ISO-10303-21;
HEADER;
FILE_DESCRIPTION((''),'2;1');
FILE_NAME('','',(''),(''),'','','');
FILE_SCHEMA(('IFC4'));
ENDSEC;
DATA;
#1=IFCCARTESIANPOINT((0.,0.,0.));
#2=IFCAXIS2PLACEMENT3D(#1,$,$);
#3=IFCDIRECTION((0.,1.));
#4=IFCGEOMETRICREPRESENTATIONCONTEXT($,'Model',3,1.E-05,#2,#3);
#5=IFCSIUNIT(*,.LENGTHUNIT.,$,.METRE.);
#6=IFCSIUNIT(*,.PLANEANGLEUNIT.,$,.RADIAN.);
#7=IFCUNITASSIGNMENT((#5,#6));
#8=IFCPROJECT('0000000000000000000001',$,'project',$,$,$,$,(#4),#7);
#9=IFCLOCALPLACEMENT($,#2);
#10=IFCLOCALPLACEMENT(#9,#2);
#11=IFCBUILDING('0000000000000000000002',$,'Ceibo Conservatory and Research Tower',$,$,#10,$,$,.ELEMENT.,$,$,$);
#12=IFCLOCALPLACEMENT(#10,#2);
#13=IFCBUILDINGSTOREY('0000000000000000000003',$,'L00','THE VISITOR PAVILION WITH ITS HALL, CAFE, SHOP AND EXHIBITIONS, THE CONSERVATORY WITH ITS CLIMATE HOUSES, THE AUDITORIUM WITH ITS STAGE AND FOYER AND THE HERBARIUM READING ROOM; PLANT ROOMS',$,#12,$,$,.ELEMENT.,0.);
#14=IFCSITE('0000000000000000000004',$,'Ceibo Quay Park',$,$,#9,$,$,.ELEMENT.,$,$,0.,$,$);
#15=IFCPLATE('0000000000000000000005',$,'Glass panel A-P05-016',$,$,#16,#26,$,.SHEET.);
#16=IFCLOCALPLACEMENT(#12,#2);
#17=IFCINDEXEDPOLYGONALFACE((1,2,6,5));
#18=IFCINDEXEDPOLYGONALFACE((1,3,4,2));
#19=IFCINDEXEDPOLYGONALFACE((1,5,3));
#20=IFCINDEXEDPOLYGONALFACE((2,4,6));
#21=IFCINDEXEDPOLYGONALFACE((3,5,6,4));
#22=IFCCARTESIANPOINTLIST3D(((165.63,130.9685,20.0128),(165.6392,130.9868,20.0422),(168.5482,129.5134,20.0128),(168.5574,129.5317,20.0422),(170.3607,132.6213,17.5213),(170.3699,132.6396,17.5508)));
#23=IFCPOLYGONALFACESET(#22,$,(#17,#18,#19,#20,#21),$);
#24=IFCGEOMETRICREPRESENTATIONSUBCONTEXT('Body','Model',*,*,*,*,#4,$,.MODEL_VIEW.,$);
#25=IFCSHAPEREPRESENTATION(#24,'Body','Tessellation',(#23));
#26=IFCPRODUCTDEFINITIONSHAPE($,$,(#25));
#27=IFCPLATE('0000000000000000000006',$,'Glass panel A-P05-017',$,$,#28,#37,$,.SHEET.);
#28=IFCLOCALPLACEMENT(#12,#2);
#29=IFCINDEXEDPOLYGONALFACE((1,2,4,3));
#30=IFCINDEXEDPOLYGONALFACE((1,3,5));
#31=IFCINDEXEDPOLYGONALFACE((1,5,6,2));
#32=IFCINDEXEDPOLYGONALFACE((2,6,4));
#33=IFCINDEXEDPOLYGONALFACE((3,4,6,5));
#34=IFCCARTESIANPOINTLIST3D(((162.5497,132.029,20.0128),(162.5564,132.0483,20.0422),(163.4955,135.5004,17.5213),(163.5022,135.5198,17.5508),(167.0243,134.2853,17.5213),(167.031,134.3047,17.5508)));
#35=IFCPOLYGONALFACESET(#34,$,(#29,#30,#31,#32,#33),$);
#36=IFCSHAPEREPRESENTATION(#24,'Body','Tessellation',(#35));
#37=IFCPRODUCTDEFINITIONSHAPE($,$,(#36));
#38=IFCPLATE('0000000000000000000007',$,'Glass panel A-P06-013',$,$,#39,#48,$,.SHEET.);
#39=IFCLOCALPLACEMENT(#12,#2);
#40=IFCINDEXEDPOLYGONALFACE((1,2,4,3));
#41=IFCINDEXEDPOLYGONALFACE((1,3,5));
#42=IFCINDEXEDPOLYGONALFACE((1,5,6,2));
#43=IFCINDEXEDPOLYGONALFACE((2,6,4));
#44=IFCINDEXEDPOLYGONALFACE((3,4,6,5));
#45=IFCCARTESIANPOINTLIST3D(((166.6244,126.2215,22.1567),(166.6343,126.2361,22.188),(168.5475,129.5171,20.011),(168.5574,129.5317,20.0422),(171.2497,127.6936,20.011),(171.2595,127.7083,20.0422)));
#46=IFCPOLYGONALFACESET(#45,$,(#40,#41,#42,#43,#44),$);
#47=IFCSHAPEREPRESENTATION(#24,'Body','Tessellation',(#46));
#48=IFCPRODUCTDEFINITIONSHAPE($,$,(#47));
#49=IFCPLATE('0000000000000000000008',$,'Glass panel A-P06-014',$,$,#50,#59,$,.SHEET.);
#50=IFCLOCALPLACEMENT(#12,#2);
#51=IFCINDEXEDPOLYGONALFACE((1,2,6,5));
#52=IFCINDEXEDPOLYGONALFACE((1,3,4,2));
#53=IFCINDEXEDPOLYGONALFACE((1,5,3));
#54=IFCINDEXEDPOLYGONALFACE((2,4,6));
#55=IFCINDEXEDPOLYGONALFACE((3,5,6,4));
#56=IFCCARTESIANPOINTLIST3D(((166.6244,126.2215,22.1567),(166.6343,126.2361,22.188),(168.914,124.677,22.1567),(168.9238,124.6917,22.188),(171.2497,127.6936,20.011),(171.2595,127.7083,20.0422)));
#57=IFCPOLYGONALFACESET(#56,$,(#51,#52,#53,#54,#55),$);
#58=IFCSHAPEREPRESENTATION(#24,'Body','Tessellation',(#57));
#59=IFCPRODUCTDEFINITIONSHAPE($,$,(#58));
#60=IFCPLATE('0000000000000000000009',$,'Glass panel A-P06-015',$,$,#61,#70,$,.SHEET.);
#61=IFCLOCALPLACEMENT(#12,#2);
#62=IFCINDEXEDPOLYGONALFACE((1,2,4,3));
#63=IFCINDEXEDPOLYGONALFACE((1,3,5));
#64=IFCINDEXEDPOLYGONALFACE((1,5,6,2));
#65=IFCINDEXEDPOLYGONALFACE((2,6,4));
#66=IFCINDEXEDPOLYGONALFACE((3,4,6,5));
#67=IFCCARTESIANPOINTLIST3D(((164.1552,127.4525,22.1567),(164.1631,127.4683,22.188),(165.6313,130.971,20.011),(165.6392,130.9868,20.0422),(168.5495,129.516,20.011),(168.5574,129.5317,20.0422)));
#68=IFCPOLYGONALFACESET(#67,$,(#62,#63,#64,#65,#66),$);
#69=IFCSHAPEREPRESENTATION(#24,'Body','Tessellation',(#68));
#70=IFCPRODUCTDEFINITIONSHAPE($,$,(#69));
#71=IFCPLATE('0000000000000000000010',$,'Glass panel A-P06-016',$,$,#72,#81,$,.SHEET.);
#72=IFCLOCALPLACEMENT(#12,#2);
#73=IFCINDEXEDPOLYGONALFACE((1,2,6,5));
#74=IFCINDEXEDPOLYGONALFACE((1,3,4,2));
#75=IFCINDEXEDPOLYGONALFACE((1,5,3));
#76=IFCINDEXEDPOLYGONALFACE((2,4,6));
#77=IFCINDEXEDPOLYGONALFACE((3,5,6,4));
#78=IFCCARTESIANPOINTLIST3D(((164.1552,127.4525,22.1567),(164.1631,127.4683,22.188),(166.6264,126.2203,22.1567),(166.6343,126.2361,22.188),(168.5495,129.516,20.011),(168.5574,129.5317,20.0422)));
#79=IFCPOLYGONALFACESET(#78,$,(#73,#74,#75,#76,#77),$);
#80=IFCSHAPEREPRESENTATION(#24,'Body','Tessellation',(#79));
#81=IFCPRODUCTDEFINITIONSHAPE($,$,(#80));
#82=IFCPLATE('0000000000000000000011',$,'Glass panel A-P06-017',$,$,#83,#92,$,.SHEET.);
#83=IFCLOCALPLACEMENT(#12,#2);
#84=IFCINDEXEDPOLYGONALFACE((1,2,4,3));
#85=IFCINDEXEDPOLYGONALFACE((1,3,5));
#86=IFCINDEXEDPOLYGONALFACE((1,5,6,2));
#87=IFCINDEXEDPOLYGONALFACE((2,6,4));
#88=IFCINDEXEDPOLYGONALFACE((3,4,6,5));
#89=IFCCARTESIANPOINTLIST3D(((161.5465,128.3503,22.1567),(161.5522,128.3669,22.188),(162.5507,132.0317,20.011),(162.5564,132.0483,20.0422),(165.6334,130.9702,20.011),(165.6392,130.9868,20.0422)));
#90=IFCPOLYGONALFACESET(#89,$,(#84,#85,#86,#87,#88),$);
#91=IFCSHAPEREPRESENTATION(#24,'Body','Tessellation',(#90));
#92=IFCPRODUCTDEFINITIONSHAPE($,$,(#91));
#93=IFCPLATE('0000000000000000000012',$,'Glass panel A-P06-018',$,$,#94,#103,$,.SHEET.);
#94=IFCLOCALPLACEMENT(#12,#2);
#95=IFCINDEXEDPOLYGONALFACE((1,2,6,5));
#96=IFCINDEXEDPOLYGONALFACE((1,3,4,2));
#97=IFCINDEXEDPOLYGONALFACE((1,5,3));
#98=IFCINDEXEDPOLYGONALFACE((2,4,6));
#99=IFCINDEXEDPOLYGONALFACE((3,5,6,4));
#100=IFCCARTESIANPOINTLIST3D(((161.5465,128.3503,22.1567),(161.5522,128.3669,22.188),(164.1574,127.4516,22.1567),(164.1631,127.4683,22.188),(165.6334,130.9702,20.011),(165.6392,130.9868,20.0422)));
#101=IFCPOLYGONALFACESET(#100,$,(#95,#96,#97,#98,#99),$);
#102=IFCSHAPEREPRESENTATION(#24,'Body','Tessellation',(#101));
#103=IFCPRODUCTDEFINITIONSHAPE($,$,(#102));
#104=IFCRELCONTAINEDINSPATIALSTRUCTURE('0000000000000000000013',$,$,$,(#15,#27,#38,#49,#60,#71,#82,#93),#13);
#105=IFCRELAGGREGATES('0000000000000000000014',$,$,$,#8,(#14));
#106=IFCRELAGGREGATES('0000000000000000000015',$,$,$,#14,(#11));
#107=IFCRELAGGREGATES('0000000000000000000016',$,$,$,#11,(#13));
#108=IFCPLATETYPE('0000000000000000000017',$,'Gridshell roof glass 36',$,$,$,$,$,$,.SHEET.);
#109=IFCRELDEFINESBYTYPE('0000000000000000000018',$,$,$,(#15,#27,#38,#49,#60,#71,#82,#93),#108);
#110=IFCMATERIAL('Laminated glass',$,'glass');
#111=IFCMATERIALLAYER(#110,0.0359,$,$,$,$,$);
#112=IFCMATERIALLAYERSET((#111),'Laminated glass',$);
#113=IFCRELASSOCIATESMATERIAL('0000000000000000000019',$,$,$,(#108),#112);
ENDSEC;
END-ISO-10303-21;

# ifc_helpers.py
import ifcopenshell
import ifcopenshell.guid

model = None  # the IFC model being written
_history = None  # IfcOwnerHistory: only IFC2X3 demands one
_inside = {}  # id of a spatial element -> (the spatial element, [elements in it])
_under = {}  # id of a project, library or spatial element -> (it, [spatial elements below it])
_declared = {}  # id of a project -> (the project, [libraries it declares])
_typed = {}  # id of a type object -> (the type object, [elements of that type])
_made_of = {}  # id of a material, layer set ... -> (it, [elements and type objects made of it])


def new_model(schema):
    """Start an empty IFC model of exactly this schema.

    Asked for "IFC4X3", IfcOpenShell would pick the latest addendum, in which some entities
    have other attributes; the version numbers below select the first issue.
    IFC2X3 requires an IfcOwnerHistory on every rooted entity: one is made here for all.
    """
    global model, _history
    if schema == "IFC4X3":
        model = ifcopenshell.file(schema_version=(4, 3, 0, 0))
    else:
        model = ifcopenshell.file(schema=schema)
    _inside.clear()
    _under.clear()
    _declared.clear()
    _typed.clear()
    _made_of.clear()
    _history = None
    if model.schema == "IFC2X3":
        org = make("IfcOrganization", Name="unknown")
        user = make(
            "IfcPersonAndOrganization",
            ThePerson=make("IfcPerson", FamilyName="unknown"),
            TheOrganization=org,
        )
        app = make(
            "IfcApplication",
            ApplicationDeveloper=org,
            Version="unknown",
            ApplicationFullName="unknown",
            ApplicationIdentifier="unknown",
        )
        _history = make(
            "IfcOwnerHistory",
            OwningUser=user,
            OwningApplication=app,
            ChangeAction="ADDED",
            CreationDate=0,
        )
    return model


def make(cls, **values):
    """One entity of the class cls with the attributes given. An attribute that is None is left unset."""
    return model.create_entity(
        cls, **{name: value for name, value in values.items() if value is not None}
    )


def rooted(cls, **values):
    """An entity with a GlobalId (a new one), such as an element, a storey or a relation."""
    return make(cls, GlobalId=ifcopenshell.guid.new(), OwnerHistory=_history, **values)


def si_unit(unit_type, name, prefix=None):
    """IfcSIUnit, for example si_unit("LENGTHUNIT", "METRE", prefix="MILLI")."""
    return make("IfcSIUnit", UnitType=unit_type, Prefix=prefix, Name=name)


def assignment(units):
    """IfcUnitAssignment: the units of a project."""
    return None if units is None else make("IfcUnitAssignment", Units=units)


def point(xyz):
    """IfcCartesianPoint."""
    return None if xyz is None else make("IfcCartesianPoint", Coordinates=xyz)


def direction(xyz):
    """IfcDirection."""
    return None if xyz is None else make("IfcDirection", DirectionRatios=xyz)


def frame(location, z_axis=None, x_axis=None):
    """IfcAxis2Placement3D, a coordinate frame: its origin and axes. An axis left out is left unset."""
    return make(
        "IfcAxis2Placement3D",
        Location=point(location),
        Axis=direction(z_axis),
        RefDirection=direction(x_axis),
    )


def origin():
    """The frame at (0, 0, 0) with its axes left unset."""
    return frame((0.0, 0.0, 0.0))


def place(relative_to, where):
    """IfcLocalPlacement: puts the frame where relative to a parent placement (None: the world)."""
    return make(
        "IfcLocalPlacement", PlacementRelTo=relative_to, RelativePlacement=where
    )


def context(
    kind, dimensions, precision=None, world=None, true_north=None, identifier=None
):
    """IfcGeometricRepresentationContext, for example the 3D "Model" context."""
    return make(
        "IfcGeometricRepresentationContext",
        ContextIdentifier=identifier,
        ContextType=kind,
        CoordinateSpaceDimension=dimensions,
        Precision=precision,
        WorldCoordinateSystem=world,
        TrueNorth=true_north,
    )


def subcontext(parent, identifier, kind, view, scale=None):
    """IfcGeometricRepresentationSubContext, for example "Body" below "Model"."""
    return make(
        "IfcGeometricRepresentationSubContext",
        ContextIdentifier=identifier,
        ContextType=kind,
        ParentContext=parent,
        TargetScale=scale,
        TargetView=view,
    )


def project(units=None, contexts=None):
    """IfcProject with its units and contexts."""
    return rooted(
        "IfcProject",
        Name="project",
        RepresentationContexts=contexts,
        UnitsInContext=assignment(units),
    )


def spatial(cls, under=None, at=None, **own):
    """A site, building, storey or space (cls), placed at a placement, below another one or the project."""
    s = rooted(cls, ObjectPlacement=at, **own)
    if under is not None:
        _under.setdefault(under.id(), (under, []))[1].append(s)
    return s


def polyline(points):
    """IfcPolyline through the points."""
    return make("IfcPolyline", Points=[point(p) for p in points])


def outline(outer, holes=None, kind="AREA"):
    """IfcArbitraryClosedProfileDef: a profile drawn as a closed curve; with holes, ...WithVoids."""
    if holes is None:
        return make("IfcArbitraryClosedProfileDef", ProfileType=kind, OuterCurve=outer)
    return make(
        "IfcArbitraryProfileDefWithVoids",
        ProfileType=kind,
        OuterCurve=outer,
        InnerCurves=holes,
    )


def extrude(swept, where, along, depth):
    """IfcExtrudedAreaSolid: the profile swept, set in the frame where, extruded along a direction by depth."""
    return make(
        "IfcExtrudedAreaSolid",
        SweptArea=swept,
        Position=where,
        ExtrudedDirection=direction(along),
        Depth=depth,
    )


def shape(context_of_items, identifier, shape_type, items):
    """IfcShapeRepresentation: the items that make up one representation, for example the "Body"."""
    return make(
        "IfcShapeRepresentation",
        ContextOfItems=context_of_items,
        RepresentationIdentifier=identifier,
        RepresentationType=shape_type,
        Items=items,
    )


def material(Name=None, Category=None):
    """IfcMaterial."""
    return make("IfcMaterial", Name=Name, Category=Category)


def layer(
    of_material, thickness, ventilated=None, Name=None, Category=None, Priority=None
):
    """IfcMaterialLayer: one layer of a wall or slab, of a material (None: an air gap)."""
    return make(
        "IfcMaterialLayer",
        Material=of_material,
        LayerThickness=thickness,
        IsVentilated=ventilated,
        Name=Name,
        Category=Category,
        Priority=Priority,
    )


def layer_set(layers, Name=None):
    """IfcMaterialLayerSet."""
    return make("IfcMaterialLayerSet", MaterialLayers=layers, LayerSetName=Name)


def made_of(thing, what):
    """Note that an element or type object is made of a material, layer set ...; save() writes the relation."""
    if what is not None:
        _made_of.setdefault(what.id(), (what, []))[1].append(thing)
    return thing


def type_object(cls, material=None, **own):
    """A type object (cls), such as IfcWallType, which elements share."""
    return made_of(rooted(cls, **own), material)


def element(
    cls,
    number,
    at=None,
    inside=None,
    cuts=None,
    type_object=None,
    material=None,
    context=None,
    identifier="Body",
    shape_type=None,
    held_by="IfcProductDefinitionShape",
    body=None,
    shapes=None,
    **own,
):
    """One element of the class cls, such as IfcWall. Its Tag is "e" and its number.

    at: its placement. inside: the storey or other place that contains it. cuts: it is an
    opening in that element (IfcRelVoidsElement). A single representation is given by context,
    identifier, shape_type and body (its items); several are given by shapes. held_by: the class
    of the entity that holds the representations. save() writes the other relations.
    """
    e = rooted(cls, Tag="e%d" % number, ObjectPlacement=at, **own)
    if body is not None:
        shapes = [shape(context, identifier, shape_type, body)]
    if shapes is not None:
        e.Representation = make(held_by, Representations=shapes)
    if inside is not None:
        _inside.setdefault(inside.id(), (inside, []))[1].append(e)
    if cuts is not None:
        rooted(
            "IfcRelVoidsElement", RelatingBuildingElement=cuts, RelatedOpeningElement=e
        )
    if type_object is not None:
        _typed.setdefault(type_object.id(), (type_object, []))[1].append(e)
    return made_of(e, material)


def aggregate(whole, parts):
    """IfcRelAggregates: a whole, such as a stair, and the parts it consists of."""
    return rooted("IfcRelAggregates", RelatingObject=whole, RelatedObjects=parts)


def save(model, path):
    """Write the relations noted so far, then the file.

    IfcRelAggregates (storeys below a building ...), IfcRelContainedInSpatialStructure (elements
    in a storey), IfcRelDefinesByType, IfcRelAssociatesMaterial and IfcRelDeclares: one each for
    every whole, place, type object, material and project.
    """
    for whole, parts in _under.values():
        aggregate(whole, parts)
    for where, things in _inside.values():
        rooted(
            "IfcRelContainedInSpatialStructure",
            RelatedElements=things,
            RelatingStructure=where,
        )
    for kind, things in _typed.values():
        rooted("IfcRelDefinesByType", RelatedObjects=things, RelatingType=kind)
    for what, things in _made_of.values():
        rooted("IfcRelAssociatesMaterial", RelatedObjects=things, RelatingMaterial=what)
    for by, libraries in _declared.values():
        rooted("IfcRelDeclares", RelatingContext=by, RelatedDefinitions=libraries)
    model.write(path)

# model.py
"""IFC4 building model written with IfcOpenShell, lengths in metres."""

from ifc_helpers import new_model, si_unit, direction, frame, origin, place, context, subcontext, project, spatial, polyline, outline, extrude, material, layer, layer_set, type_object, element, save


model = new_model("IFC4")

# Units and contexts
model_context = context("Model", 3, precision=1e-05, world=origin(), true_north=direction((0.0, 1.0)))
body_context = subcontext(model_context, "Body", "Model", "MODEL_VIEW")
ifc_project = project(units=[si_unit("LENGTHUNIT", "METRE"), si_unit("PLANEANGLEUNIT", "RADIAN")], contexts=[model_context])

# Site, building, storey
site_placement = place(None, origin())
site = spatial("IfcSite", under=ifc_project, at=site_placement, Name="Ceibo Quay Park", CompositionType="ELEMENT", RefElevation=0.0)
building_placement = place(site_placement, origin())
building = spatial("IfcBuilding", under=site, at=building_placement, Name="Ceibo Conservatory and Research Tower", CompositionType="ELEMENT")
storey_placement = place(building_placement, origin())
storey = spatial("IfcBuildingStorey", under=building, at=storey_placement, Name="L00", Description="THE VISITOR PAVILION WITH ITS HALL, CAFE, SHOP AND EXHIBITIONS, THE CONSERVATORY WITH ITS CLIMATE HOUSES, THE AUDITORIUM WITH ITS STAGE AND FOYER AND THE HERBARIUM READING ROOM; PLANT ROOMS", CompositionType="ELEMENT", Elevation=0.0)

# Plates
ifc_material_1 = material(Name="Laminated glass", Category="glass")
ifc_layer = layer(ifc_material_1, 0.0359)
ifc_layer_set = layer_set([ifc_layer], Name="Laminated glass")
plate_type = type_object("IfcPlateType", Name="Gridshell roof glass 36", PredefinedType="SHEET", material=ifc_layer_set)
plate_1_placement = place(storey_placement, frame((170.3699, 132.6396, 17.5508), z_axis=(0.254409, 0.510227, 0.82155), x_axis=(-0.845325, -0.295342, 0.445195)))
element("IfcPlate", 1, at=plate_1_placement, inside=storey, type_object=plate_type, Name="Glass panel A-P05-016", PredefinedType="SHEET", context=body_context, shape_type="SweptSolid", body=[
    extrude(outline(polyline([(0.0, 0.0), (5.5963, 0.0), (3.5592, 2.5463), (0.0, 0.0)])), origin(), (0.0, 0.0, -1.0), 0.0359),
])
plate_2_placement = place(storey_placement, frame((167.031, 134.3047, 17.5508), z_axis=(0.185617, 0.539062, 0.821558), x_axis=(-0.945517, 0.325573, 0.0)))
element("IfcPlate", 2, at=plate_2_placement, inside=storey, type_object=plate_type, Name="Glass panel A-P05-017", PredefinedType="SHEET", context=body_context, shape_type="SweptSolid", body=[
    extrude(outline(polyline([(0.0, 0.0), (3.7321, 0.0), (3.4962, 4.37), (0.0, 0.0)])), origin(), (0.0, 0.0, -1.0), 0.0359),
])
plate_3_placement = place(storey_placement, frame((171.2595, 127.7083, 20.0422), z_axis=(0.274629, 0.406962, 0.871184), x_axis=(-0.828915, 0.559375, 0.0)))
element("IfcPlate", 3, at=plate_3_placement, inside=storey, type_object=plate_type, Name="Glass panel A-P06-013", PredefinedType="SHEET", context=body_context, shape_type="SweptSolid", body=[
    extrude(outline(polyline([(0.0, 0.0), (3.2599, 0.0), (3.0104, 4.3705), (0.0, 0.0)])), origin(), (0.0, 0.0, -1.0), 0.0359),
])
plate_4_placement = place(storey_placement, frame((171.2595, 127.7083, 20.0422), z_axis=(0.274584, 0.407058, 0.871153), x_axis=(-0.871534, -0.2774, 0.404324)))
element("IfcPlate", 4, at=plate_4_placement, inside=storey, type_object=plate_type, Name="Glass panel A-P06-014", PredefinedType="SHEET", context=body_context, shape_type="SweptSolid", body=[
    extrude(outline(polyline([(0.0, 0.0), (5.307, 0.0), (3.74, 2.2742), (0.0, 0.0)])), origin(), (0.0, 0.0, -1.0), 0.0359),
])
plate_5_placement = place(storey_placement, frame((168.5574, 129.5317, 20.0422), z_axis=(0.21908, 0.439373, 0.87118), x_axis=(-0.894921, 0.446225, 0.0)))
element("IfcPlate", 5, at=plate_5_placement, inside=storey, type_object=plate_type, Name="Glass panel A-P06-015", PredefinedType="SHEET", context=body_context, shape_type="SweptSolid", body=[
    extrude(outline(polyline([(0.0, 0.0), (3.2609, 0.0), (3.0118, 4.3705), (0.0, 0.0)])), origin(), (0.0, 0.0, -1.0), 0.0359),
])
plate_6_placement = place(storey_placement, frame((168.5574, 129.5317, 20.0422), z_axis=(0.219079, 0.439374, 0.87118), x_axis=(-0.827904, -0.388769, 0.40427)))
element("IfcPlate", 6, at=plate_6_placement, inside=storey, type_object=plate_type, Name="Glass panel A-P06-016", PredefinedType="SHEET", context=body_context, shape_type="SweptSolid", body=[
    extrude(outline(polyline([(0.0, 0.0), (5.3077, 0.0), (3.7408, 2.2738), (0.0, 0.0)])), origin(), (0.0, 0.0, -1.0), 0.0359),
])
plate_7_placement = place(storey_placement, frame((165.6392, 130.9868, 20.0422), z_axis=(0.15984, 0.464189, 0.871194), x_axis=(-0.945515, 0.32558, 0.0)))
element("IfcPlate", 7, at=plate_7_placement, inside=storey, type_object=plate_type, Name="Glass panel A-P06-017", PredefinedType="SHEET", context=body_context, shape_type="SweptSolid", body=[
    extrude(outline(polyline([(0.0, 0.0), (3.2604, 0.0), (3.0113, 4.3707), (0.0, 0.0)])), origin(), (0.0, 0.0, -1.0), 0.0359),
])
plate_8_placement = place(storey_placement, frame((165.6392, 130.9868, 20.0422), z_axis=(0.159797, 0.46424, 0.871175), x_axis=(-0.770008, -0.493606, 0.404277)))
element("IfcPlate", 8, at=plate_8_placement, inside=storey, type_object=plate_type, Name="Glass panel A-P06-018", PredefinedType="SHEET", context=body_context, shape_type="SweptSolid", body=[
    extrude(outline(polyline([(0.0, 0.0), (5.3076, 0.0), (3.7408, 2.2736), (0.0, 0.0)])), origin(), (0.0, 0.0, -1.0), 0.0359),
])

save(model, "model.ifc")
